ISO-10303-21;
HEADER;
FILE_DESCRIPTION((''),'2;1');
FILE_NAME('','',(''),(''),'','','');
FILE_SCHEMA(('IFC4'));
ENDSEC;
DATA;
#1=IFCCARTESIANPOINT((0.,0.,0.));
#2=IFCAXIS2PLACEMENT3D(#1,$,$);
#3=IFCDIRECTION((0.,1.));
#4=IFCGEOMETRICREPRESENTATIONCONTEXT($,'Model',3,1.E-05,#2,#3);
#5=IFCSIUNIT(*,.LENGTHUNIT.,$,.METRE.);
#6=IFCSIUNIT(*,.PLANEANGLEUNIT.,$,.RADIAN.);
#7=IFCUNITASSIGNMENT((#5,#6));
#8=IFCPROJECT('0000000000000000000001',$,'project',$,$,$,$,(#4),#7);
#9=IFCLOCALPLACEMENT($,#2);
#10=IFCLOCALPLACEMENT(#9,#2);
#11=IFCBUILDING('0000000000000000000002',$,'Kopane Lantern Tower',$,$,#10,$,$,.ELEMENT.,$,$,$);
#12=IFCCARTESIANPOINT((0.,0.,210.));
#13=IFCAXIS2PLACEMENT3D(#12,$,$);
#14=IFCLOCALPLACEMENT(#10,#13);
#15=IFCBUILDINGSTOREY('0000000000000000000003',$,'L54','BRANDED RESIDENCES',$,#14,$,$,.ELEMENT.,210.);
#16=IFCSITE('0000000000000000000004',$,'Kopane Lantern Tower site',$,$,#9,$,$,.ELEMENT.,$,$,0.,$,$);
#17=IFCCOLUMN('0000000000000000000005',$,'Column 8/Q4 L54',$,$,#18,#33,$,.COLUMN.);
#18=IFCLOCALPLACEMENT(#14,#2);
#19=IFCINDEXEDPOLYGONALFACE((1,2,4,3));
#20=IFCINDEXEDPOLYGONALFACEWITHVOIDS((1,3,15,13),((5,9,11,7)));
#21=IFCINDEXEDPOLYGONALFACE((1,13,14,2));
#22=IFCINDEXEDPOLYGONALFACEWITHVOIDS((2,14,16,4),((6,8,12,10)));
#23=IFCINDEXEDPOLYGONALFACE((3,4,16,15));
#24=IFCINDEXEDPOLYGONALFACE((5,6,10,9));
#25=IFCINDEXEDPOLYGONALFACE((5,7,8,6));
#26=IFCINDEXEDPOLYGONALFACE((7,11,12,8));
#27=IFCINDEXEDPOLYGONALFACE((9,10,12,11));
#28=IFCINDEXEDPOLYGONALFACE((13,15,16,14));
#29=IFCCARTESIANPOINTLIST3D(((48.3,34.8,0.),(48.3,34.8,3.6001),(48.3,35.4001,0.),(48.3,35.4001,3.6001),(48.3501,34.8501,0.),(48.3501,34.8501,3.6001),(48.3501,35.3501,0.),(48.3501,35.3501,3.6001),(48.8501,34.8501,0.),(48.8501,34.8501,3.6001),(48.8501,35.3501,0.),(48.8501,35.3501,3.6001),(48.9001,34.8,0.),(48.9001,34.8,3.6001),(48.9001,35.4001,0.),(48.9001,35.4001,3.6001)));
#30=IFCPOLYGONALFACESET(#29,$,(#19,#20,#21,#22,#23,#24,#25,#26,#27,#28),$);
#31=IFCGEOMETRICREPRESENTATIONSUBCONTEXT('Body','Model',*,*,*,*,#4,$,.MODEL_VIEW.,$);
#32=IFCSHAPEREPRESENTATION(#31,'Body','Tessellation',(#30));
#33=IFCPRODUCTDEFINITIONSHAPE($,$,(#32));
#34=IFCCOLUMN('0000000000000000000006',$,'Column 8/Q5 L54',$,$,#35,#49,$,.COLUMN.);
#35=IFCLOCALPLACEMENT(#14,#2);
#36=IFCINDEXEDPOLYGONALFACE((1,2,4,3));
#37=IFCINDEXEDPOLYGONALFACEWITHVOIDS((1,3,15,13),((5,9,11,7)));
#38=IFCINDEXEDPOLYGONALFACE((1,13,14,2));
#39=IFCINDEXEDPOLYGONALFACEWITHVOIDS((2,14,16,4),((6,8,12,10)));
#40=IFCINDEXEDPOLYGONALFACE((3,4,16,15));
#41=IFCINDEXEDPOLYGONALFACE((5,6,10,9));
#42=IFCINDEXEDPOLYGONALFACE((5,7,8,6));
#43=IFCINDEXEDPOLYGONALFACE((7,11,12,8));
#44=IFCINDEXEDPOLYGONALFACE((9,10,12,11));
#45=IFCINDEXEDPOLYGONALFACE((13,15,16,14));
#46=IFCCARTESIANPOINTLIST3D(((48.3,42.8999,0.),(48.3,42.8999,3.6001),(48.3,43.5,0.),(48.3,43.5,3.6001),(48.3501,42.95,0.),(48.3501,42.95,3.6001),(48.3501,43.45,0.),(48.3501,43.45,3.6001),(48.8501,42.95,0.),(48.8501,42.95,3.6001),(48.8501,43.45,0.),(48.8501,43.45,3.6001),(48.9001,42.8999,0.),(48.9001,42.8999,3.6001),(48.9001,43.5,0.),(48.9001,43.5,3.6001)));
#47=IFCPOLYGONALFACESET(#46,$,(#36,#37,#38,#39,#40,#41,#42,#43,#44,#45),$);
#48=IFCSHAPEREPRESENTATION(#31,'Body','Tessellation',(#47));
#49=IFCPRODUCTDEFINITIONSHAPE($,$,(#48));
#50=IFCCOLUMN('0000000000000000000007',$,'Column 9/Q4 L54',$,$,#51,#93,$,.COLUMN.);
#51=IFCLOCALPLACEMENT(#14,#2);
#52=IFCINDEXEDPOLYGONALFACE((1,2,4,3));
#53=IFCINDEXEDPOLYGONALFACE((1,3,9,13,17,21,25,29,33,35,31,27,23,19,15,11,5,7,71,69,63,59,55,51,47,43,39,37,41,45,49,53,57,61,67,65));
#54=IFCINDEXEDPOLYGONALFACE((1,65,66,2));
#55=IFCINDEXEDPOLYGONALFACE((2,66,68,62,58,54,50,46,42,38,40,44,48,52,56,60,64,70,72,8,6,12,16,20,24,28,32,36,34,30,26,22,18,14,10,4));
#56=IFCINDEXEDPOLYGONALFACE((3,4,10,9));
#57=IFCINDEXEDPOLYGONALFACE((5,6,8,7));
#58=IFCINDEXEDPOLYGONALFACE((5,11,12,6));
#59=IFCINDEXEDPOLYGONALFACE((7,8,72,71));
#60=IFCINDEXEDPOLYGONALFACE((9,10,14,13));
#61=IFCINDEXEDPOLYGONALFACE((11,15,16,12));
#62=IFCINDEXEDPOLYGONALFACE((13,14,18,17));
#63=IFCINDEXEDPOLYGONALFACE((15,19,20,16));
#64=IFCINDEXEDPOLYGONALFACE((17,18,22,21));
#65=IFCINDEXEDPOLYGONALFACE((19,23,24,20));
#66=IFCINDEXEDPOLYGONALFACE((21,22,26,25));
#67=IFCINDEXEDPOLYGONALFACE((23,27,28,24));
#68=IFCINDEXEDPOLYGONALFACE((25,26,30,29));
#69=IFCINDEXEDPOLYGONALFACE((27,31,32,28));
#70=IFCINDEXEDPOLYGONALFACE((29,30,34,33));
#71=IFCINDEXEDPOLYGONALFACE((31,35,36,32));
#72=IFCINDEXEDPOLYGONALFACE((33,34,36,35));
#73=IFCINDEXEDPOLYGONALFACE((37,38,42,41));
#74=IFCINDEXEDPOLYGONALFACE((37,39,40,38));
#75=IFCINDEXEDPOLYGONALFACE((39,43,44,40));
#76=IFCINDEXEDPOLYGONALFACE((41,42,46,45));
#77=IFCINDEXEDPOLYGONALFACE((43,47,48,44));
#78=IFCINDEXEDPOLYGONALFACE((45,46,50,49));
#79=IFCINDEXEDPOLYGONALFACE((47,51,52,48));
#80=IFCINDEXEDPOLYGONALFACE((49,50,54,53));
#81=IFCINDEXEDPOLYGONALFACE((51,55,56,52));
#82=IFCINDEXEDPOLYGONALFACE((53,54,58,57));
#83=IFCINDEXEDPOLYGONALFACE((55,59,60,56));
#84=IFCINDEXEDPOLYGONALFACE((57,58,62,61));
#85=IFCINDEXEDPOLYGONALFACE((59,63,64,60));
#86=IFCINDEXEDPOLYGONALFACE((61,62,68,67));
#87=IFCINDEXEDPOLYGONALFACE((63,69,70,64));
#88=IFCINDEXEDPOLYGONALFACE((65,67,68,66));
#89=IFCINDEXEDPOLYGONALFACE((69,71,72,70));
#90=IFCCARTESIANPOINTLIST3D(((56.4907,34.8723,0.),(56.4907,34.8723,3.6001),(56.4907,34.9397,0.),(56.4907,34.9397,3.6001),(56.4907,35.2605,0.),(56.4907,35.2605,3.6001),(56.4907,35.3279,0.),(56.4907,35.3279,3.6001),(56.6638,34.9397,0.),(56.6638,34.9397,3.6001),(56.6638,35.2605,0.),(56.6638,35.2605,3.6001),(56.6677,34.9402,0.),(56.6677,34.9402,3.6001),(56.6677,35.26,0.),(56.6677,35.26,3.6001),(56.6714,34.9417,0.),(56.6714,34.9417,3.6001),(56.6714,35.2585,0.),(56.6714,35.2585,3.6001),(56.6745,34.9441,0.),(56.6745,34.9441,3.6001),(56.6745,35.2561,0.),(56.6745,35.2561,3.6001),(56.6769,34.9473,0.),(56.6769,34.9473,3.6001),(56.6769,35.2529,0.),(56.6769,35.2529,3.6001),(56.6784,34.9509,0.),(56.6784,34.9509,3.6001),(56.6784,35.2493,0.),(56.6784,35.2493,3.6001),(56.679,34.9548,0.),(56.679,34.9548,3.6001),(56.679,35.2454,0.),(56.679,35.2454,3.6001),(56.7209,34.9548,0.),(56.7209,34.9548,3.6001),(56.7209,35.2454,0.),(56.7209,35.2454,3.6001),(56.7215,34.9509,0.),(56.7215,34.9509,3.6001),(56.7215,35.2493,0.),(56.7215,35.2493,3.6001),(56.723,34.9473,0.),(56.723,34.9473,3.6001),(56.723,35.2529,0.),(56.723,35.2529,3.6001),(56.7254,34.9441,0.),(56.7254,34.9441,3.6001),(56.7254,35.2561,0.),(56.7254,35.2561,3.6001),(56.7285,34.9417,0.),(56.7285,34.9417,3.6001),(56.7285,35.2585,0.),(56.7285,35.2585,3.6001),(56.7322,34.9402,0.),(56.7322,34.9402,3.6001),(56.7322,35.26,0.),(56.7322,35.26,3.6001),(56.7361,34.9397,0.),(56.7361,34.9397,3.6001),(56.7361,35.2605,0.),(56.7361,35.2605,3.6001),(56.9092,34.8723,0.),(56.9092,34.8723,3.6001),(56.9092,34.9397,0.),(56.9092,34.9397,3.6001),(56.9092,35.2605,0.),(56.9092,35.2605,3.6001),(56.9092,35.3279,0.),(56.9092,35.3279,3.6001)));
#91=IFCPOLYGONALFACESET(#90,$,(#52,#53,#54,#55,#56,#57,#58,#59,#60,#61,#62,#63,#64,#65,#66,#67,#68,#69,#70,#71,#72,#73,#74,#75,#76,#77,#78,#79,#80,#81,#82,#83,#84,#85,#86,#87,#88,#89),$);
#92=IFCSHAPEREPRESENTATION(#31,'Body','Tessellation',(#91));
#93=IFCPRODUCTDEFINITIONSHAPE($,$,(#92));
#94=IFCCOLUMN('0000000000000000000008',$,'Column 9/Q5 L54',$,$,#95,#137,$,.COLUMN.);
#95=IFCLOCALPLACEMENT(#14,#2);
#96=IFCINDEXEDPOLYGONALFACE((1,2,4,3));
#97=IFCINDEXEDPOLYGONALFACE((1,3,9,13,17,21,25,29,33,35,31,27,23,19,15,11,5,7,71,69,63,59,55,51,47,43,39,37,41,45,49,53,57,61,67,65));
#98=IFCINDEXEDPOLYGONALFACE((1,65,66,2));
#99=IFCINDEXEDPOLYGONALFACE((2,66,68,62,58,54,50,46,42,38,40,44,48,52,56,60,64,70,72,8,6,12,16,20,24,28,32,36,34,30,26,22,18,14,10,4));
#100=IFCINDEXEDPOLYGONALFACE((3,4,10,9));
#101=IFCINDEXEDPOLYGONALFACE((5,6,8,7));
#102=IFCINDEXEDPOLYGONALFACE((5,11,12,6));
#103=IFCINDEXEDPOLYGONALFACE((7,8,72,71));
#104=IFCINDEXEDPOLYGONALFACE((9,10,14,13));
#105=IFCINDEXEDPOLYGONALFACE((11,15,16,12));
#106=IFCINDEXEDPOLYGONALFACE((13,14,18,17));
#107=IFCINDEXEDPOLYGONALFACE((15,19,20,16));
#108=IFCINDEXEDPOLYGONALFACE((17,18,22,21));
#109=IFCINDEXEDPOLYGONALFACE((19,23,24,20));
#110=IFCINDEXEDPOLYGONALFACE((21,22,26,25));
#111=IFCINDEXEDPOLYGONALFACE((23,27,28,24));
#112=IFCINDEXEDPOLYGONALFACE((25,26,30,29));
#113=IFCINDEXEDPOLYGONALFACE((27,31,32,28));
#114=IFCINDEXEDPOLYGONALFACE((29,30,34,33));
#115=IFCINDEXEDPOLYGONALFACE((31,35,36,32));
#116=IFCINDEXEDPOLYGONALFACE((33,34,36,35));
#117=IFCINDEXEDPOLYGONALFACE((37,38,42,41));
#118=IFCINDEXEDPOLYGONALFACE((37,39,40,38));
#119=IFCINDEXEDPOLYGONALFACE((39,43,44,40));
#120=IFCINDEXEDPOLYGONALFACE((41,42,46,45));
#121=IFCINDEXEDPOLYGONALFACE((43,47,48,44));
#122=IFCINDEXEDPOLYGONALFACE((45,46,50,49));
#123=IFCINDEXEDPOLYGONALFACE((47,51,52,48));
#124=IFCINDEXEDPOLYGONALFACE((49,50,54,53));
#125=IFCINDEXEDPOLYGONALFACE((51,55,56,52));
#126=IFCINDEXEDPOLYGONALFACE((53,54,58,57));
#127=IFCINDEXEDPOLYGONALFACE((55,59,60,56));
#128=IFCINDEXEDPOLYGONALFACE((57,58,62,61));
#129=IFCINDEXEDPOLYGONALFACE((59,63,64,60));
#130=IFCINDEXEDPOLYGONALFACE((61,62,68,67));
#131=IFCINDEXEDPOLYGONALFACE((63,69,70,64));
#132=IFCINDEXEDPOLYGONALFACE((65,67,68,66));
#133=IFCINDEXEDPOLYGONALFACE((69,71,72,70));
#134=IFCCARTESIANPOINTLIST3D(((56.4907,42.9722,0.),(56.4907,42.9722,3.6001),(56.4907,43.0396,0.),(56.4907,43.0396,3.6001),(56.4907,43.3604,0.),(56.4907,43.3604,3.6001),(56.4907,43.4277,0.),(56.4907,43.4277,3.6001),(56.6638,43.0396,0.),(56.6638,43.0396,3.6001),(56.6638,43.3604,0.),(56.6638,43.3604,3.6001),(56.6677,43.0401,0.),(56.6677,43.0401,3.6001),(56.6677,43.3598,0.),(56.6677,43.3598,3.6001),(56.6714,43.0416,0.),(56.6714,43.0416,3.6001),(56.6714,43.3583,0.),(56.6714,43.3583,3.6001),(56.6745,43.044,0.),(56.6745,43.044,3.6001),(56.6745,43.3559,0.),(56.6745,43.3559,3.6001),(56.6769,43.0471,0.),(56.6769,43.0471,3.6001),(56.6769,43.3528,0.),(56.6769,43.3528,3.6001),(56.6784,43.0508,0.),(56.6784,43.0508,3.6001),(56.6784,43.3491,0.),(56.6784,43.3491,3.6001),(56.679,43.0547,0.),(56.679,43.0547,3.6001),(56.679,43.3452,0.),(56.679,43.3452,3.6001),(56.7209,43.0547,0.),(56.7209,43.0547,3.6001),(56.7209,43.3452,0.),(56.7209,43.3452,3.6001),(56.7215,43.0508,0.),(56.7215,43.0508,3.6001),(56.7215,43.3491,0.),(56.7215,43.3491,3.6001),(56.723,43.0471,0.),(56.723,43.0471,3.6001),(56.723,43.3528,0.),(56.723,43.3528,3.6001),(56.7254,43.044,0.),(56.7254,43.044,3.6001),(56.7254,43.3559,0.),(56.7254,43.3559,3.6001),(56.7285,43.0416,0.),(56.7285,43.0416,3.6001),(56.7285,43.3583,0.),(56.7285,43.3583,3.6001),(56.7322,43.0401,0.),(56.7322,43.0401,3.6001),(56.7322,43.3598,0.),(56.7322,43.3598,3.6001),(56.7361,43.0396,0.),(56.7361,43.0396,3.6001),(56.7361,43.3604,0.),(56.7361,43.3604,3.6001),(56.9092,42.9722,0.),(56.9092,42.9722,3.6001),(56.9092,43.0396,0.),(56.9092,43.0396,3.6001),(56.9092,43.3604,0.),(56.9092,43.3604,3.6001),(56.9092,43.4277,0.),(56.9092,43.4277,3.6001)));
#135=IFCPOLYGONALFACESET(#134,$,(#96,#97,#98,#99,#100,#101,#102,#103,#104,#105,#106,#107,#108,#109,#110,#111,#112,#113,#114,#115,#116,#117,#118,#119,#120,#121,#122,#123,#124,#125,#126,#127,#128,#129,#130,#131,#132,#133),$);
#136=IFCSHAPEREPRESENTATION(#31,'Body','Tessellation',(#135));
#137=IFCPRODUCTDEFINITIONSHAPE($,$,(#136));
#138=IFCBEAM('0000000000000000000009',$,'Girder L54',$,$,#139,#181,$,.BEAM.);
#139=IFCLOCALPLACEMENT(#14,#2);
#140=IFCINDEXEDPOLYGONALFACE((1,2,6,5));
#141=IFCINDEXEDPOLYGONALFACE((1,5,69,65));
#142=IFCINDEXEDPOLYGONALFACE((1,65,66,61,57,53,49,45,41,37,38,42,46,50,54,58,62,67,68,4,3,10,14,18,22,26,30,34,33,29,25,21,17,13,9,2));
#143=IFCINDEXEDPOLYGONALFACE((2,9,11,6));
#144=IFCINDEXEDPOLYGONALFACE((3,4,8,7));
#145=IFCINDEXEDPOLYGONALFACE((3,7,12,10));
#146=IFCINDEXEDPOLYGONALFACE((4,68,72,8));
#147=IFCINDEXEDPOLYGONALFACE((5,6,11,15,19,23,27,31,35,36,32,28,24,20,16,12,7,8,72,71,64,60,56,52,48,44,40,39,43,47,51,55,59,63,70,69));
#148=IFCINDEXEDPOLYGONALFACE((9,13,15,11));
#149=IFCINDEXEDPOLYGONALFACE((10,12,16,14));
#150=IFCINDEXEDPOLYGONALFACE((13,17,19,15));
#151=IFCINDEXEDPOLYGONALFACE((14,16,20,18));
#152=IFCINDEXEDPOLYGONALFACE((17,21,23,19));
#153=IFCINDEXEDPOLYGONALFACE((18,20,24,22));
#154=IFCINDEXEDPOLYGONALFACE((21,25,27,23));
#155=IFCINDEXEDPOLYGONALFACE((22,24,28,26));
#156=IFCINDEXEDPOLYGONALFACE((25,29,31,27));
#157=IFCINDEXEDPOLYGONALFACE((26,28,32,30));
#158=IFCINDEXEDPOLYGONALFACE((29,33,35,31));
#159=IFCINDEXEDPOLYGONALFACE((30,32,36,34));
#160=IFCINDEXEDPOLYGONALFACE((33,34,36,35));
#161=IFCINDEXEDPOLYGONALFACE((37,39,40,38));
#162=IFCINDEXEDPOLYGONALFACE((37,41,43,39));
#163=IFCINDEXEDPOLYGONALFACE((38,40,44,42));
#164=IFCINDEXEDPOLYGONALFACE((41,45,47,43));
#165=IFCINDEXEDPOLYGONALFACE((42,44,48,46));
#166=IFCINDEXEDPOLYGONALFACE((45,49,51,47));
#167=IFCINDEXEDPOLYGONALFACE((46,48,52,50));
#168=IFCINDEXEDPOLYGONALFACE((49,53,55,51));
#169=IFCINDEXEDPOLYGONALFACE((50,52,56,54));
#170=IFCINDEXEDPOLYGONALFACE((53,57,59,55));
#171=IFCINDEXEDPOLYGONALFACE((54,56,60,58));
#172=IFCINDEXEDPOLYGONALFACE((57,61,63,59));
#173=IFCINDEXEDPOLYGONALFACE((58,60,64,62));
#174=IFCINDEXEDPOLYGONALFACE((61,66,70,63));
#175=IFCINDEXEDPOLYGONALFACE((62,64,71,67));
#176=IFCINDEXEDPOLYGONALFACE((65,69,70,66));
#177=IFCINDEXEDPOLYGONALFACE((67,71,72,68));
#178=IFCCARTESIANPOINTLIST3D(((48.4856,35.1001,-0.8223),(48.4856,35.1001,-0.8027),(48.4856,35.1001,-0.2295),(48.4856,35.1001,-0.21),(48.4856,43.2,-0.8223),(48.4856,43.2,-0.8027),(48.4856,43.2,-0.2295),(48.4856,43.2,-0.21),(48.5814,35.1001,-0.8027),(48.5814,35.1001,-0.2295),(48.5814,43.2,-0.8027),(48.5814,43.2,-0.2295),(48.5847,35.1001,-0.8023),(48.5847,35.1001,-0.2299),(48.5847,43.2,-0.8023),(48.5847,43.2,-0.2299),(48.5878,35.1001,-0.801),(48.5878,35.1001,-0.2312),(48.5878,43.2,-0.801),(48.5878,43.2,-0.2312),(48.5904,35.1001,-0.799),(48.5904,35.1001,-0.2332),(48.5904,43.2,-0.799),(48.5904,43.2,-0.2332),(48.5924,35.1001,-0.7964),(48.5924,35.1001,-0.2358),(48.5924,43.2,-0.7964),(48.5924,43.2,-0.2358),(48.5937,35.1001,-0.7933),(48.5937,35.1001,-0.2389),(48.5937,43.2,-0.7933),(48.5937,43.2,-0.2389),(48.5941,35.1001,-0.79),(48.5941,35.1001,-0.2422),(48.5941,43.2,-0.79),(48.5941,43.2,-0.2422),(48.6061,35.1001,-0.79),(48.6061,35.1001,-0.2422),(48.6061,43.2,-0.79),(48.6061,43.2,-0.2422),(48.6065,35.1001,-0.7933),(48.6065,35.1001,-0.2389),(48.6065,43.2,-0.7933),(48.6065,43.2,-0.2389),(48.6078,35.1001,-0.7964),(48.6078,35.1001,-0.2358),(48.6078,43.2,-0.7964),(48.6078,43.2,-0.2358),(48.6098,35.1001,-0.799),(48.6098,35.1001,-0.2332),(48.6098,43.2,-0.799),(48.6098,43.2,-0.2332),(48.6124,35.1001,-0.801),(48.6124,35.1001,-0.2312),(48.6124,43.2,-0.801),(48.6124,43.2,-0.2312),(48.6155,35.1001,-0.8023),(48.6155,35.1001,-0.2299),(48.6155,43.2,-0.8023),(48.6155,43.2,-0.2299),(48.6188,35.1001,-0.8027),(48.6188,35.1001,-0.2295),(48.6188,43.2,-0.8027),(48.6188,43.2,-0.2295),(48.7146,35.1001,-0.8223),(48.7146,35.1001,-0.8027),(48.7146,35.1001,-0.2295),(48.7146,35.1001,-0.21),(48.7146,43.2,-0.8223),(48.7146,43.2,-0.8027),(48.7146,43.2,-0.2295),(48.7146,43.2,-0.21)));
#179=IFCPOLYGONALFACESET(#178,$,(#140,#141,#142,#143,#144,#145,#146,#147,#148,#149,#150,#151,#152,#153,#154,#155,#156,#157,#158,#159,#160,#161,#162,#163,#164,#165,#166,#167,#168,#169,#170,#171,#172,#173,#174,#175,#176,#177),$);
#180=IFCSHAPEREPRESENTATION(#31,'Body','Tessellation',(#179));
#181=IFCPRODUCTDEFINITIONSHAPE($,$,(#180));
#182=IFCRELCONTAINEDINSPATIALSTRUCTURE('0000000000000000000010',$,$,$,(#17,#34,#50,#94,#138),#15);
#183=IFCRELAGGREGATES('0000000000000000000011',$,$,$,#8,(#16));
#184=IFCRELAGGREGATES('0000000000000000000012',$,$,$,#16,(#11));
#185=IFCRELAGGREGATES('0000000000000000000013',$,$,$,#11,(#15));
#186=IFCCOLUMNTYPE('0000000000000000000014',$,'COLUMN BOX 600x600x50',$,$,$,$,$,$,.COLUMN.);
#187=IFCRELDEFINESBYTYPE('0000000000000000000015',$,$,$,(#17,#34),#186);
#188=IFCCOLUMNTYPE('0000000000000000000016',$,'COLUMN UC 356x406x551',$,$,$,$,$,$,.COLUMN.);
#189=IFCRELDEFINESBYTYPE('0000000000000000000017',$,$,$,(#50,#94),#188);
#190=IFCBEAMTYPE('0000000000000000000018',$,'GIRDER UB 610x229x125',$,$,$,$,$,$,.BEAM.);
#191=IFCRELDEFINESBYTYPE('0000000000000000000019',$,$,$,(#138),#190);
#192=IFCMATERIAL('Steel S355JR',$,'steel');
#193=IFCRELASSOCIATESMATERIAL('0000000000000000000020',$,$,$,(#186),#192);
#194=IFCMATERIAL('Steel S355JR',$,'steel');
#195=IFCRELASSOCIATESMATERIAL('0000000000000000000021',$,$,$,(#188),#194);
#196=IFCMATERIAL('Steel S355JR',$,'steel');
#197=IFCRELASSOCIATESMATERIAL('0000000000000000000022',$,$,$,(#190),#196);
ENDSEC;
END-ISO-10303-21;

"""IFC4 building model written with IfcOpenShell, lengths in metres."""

from ifc_helpers import new_model, si_unit, direction, frame, origin, origin_2d, place, context, subcontext, project, spatial, hollow_rectangle, i_section, extrude, material, material_profile, profile_set, type_object, element, save


model = new_model("IFC4")

# Units and contexts
model_context = context("Model", 3, precision=1e-05, world=origin(), true_north=direction((0.0, 1.0)))
body_context = subcontext(model_context, "Body", "Model", "MODEL_VIEW")
ifc_project = project(units=[si_unit("LENGTHUNIT", "METRE"), si_unit("PLANEANGLEUNIT", "RADIAN")], contexts=[model_context])

# Site, building, storey
site_placement = place(None, origin())
site = spatial("IfcSite", under=ifc_project, at=site_placement, Name="Kopane Lantern Tower site", CompositionType="ELEMENT", RefElevation=0.0)
building_placement = place(site_placement, origin())
building = spatial("IfcBuilding", under=site, at=building_placement, Name="Kopane Lantern Tower", CompositionType="ELEMENT")
storey_placement = place(building_placement, frame((0.0, 0.0, 210.0)))
storey = spatial("IfcBuildingStorey", under=building, at=storey_placement, Name="L54", Description="BRANDED RESIDENCES", CompositionType="ELEMENT", Elevation=210.0)

# Columns
ifc_material_1 = material(Name="Steel S355JR", Category="steel")
ifc_material_profile_1 = material_profile(ifc_material_1, hollow_rectangle(XDim=0.6001, YDim=0.6001, WallThickness=0.05, at=origin_2d()), Name="BOX 600x600x50")
ifc_profile_set_1 = profile_set([ifc_material_profile_1], Name="Steel S355JR")
column_type_1 = type_object("IfcColumnType", Name="COLUMN BOX 600x600x50", PredefinedType="COLUMN", material=ifc_profile_set_1)
for number, where, z_axis, x_axis, name in (
    (1, (48.6001, 35.1001, 0.0), (0.0, 0.0, 1.0), (1.0, 0.0, 0.0), "Column 8/Q4 L54"),
    (2, (48.6001, 43.2, 0.0), (0.0, 0.0, 1.0), (1.0, 0.0, 0.0), "Column 8/Q5 L54"),
):
    element("IfcColumn", number, at=place(storey_placement, frame(where, z_axis=z_axis, x_axis=x_axis)), inside=storey, type_object=column_type_1, Name=name, PredefinedType="COLUMN", context=body_context, shape_type="SweptSolid", body=[
        extrude(hollow_rectangle(XDim=0.6001, YDim=0.6001, WallThickness=0.05, at=origin_2d()), origin(), (0.0, 0.0, 1.0), 3.6001),
    ])
ifc_material_2 = material(Name="Steel S355JR", Category="steel")
ifc_material_profile_2 = material_profile(ifc_material_2, i_section(OverallWidth=0.4185, OverallDepth=0.4556, WebThickness=0.042, FlangeThickness=0.0674, FilletRadius=0.0151, at=origin_2d()), Name="UC 356x406x551")
ifc_profile_set_2 = profile_set([ifc_material_profile_2], Name="Steel S355JR")
column_type_2 = type_object("IfcColumnType", Name="COLUMN UC 356x406x551", PredefinedType="COLUMN", material=ifc_profile_set_2)
for number, where, z_axis, x_axis, name in (
    (3, (56.7, 35.1001, 0.0), (0.0, 0.0, 1.0), (1.0, 0.0, 0.0), "Column 9/Q4 L54"),
    (4, (56.7, 43.2, 0.0), (0.0, 0.0, 1.0), (1.0, 0.0, 0.0), "Column 9/Q5 L54"),
):
    element("IfcColumn", number, at=place(storey_placement, frame(where, z_axis=z_axis, x_axis=x_axis)), inside=storey, type_object=column_type_2, Name=name, PredefinedType="COLUMN", context=body_context, shape_type="SweptSolid", body=[
        extrude(i_section(OverallWidth=0.4185, OverallDepth=0.4556, WebThickness=0.042, FlangeThickness=0.0674, FilletRadius=0.0151, at=origin_2d()), origin(), (0.0, 0.0, 1.0), 3.6001),
    ])

# Beam
ifc_material_3 = material(Name="Steel S355JR", Category="steel")
ifc_material_profile_3 = material_profile(ifc_material_3, i_section(OverallWidth=0.229, OverallDepth=0.6123, WebThickness=0.012, FlangeThickness=0.0195, FilletRadius=0.0127, at=origin_2d()), Name="UB 610x229x125")
ifc_profile_set_3 = profile_set([ifc_material_profile_3], Name="Steel S355JR")
beam_type = type_object("IfcBeamType", Name="GIRDER UB 610x229x125", PredefinedType="BEAM", material=ifc_profile_set_3)
for number, where, z_axis, x_axis, name in (
    (5, (48.6001, 35.1001, -0.5161), (0.0, 1.0, 0.0), (-1.0, 0.0, 0.0), "Girder L54"),
):
    element("IfcBeam", number, at=place(storey_placement, frame(where, z_axis=z_axis, x_axis=x_axis)), inside=storey, type_object=beam_type, Name=name, PredefinedType="BEAM", context=body_context, shape_type="SweptSolid", body=[
        extrude(i_section(OverallWidth=0.229, OverallDepth=0.6123, WebThickness=0.012, FlangeThickness=0.0195, FilletRadius=0.0127, at=origin_2d()), origin(), (0.0, 0.0, 1.0), 8.0999),
    ])

save(model, "model.ifc")
